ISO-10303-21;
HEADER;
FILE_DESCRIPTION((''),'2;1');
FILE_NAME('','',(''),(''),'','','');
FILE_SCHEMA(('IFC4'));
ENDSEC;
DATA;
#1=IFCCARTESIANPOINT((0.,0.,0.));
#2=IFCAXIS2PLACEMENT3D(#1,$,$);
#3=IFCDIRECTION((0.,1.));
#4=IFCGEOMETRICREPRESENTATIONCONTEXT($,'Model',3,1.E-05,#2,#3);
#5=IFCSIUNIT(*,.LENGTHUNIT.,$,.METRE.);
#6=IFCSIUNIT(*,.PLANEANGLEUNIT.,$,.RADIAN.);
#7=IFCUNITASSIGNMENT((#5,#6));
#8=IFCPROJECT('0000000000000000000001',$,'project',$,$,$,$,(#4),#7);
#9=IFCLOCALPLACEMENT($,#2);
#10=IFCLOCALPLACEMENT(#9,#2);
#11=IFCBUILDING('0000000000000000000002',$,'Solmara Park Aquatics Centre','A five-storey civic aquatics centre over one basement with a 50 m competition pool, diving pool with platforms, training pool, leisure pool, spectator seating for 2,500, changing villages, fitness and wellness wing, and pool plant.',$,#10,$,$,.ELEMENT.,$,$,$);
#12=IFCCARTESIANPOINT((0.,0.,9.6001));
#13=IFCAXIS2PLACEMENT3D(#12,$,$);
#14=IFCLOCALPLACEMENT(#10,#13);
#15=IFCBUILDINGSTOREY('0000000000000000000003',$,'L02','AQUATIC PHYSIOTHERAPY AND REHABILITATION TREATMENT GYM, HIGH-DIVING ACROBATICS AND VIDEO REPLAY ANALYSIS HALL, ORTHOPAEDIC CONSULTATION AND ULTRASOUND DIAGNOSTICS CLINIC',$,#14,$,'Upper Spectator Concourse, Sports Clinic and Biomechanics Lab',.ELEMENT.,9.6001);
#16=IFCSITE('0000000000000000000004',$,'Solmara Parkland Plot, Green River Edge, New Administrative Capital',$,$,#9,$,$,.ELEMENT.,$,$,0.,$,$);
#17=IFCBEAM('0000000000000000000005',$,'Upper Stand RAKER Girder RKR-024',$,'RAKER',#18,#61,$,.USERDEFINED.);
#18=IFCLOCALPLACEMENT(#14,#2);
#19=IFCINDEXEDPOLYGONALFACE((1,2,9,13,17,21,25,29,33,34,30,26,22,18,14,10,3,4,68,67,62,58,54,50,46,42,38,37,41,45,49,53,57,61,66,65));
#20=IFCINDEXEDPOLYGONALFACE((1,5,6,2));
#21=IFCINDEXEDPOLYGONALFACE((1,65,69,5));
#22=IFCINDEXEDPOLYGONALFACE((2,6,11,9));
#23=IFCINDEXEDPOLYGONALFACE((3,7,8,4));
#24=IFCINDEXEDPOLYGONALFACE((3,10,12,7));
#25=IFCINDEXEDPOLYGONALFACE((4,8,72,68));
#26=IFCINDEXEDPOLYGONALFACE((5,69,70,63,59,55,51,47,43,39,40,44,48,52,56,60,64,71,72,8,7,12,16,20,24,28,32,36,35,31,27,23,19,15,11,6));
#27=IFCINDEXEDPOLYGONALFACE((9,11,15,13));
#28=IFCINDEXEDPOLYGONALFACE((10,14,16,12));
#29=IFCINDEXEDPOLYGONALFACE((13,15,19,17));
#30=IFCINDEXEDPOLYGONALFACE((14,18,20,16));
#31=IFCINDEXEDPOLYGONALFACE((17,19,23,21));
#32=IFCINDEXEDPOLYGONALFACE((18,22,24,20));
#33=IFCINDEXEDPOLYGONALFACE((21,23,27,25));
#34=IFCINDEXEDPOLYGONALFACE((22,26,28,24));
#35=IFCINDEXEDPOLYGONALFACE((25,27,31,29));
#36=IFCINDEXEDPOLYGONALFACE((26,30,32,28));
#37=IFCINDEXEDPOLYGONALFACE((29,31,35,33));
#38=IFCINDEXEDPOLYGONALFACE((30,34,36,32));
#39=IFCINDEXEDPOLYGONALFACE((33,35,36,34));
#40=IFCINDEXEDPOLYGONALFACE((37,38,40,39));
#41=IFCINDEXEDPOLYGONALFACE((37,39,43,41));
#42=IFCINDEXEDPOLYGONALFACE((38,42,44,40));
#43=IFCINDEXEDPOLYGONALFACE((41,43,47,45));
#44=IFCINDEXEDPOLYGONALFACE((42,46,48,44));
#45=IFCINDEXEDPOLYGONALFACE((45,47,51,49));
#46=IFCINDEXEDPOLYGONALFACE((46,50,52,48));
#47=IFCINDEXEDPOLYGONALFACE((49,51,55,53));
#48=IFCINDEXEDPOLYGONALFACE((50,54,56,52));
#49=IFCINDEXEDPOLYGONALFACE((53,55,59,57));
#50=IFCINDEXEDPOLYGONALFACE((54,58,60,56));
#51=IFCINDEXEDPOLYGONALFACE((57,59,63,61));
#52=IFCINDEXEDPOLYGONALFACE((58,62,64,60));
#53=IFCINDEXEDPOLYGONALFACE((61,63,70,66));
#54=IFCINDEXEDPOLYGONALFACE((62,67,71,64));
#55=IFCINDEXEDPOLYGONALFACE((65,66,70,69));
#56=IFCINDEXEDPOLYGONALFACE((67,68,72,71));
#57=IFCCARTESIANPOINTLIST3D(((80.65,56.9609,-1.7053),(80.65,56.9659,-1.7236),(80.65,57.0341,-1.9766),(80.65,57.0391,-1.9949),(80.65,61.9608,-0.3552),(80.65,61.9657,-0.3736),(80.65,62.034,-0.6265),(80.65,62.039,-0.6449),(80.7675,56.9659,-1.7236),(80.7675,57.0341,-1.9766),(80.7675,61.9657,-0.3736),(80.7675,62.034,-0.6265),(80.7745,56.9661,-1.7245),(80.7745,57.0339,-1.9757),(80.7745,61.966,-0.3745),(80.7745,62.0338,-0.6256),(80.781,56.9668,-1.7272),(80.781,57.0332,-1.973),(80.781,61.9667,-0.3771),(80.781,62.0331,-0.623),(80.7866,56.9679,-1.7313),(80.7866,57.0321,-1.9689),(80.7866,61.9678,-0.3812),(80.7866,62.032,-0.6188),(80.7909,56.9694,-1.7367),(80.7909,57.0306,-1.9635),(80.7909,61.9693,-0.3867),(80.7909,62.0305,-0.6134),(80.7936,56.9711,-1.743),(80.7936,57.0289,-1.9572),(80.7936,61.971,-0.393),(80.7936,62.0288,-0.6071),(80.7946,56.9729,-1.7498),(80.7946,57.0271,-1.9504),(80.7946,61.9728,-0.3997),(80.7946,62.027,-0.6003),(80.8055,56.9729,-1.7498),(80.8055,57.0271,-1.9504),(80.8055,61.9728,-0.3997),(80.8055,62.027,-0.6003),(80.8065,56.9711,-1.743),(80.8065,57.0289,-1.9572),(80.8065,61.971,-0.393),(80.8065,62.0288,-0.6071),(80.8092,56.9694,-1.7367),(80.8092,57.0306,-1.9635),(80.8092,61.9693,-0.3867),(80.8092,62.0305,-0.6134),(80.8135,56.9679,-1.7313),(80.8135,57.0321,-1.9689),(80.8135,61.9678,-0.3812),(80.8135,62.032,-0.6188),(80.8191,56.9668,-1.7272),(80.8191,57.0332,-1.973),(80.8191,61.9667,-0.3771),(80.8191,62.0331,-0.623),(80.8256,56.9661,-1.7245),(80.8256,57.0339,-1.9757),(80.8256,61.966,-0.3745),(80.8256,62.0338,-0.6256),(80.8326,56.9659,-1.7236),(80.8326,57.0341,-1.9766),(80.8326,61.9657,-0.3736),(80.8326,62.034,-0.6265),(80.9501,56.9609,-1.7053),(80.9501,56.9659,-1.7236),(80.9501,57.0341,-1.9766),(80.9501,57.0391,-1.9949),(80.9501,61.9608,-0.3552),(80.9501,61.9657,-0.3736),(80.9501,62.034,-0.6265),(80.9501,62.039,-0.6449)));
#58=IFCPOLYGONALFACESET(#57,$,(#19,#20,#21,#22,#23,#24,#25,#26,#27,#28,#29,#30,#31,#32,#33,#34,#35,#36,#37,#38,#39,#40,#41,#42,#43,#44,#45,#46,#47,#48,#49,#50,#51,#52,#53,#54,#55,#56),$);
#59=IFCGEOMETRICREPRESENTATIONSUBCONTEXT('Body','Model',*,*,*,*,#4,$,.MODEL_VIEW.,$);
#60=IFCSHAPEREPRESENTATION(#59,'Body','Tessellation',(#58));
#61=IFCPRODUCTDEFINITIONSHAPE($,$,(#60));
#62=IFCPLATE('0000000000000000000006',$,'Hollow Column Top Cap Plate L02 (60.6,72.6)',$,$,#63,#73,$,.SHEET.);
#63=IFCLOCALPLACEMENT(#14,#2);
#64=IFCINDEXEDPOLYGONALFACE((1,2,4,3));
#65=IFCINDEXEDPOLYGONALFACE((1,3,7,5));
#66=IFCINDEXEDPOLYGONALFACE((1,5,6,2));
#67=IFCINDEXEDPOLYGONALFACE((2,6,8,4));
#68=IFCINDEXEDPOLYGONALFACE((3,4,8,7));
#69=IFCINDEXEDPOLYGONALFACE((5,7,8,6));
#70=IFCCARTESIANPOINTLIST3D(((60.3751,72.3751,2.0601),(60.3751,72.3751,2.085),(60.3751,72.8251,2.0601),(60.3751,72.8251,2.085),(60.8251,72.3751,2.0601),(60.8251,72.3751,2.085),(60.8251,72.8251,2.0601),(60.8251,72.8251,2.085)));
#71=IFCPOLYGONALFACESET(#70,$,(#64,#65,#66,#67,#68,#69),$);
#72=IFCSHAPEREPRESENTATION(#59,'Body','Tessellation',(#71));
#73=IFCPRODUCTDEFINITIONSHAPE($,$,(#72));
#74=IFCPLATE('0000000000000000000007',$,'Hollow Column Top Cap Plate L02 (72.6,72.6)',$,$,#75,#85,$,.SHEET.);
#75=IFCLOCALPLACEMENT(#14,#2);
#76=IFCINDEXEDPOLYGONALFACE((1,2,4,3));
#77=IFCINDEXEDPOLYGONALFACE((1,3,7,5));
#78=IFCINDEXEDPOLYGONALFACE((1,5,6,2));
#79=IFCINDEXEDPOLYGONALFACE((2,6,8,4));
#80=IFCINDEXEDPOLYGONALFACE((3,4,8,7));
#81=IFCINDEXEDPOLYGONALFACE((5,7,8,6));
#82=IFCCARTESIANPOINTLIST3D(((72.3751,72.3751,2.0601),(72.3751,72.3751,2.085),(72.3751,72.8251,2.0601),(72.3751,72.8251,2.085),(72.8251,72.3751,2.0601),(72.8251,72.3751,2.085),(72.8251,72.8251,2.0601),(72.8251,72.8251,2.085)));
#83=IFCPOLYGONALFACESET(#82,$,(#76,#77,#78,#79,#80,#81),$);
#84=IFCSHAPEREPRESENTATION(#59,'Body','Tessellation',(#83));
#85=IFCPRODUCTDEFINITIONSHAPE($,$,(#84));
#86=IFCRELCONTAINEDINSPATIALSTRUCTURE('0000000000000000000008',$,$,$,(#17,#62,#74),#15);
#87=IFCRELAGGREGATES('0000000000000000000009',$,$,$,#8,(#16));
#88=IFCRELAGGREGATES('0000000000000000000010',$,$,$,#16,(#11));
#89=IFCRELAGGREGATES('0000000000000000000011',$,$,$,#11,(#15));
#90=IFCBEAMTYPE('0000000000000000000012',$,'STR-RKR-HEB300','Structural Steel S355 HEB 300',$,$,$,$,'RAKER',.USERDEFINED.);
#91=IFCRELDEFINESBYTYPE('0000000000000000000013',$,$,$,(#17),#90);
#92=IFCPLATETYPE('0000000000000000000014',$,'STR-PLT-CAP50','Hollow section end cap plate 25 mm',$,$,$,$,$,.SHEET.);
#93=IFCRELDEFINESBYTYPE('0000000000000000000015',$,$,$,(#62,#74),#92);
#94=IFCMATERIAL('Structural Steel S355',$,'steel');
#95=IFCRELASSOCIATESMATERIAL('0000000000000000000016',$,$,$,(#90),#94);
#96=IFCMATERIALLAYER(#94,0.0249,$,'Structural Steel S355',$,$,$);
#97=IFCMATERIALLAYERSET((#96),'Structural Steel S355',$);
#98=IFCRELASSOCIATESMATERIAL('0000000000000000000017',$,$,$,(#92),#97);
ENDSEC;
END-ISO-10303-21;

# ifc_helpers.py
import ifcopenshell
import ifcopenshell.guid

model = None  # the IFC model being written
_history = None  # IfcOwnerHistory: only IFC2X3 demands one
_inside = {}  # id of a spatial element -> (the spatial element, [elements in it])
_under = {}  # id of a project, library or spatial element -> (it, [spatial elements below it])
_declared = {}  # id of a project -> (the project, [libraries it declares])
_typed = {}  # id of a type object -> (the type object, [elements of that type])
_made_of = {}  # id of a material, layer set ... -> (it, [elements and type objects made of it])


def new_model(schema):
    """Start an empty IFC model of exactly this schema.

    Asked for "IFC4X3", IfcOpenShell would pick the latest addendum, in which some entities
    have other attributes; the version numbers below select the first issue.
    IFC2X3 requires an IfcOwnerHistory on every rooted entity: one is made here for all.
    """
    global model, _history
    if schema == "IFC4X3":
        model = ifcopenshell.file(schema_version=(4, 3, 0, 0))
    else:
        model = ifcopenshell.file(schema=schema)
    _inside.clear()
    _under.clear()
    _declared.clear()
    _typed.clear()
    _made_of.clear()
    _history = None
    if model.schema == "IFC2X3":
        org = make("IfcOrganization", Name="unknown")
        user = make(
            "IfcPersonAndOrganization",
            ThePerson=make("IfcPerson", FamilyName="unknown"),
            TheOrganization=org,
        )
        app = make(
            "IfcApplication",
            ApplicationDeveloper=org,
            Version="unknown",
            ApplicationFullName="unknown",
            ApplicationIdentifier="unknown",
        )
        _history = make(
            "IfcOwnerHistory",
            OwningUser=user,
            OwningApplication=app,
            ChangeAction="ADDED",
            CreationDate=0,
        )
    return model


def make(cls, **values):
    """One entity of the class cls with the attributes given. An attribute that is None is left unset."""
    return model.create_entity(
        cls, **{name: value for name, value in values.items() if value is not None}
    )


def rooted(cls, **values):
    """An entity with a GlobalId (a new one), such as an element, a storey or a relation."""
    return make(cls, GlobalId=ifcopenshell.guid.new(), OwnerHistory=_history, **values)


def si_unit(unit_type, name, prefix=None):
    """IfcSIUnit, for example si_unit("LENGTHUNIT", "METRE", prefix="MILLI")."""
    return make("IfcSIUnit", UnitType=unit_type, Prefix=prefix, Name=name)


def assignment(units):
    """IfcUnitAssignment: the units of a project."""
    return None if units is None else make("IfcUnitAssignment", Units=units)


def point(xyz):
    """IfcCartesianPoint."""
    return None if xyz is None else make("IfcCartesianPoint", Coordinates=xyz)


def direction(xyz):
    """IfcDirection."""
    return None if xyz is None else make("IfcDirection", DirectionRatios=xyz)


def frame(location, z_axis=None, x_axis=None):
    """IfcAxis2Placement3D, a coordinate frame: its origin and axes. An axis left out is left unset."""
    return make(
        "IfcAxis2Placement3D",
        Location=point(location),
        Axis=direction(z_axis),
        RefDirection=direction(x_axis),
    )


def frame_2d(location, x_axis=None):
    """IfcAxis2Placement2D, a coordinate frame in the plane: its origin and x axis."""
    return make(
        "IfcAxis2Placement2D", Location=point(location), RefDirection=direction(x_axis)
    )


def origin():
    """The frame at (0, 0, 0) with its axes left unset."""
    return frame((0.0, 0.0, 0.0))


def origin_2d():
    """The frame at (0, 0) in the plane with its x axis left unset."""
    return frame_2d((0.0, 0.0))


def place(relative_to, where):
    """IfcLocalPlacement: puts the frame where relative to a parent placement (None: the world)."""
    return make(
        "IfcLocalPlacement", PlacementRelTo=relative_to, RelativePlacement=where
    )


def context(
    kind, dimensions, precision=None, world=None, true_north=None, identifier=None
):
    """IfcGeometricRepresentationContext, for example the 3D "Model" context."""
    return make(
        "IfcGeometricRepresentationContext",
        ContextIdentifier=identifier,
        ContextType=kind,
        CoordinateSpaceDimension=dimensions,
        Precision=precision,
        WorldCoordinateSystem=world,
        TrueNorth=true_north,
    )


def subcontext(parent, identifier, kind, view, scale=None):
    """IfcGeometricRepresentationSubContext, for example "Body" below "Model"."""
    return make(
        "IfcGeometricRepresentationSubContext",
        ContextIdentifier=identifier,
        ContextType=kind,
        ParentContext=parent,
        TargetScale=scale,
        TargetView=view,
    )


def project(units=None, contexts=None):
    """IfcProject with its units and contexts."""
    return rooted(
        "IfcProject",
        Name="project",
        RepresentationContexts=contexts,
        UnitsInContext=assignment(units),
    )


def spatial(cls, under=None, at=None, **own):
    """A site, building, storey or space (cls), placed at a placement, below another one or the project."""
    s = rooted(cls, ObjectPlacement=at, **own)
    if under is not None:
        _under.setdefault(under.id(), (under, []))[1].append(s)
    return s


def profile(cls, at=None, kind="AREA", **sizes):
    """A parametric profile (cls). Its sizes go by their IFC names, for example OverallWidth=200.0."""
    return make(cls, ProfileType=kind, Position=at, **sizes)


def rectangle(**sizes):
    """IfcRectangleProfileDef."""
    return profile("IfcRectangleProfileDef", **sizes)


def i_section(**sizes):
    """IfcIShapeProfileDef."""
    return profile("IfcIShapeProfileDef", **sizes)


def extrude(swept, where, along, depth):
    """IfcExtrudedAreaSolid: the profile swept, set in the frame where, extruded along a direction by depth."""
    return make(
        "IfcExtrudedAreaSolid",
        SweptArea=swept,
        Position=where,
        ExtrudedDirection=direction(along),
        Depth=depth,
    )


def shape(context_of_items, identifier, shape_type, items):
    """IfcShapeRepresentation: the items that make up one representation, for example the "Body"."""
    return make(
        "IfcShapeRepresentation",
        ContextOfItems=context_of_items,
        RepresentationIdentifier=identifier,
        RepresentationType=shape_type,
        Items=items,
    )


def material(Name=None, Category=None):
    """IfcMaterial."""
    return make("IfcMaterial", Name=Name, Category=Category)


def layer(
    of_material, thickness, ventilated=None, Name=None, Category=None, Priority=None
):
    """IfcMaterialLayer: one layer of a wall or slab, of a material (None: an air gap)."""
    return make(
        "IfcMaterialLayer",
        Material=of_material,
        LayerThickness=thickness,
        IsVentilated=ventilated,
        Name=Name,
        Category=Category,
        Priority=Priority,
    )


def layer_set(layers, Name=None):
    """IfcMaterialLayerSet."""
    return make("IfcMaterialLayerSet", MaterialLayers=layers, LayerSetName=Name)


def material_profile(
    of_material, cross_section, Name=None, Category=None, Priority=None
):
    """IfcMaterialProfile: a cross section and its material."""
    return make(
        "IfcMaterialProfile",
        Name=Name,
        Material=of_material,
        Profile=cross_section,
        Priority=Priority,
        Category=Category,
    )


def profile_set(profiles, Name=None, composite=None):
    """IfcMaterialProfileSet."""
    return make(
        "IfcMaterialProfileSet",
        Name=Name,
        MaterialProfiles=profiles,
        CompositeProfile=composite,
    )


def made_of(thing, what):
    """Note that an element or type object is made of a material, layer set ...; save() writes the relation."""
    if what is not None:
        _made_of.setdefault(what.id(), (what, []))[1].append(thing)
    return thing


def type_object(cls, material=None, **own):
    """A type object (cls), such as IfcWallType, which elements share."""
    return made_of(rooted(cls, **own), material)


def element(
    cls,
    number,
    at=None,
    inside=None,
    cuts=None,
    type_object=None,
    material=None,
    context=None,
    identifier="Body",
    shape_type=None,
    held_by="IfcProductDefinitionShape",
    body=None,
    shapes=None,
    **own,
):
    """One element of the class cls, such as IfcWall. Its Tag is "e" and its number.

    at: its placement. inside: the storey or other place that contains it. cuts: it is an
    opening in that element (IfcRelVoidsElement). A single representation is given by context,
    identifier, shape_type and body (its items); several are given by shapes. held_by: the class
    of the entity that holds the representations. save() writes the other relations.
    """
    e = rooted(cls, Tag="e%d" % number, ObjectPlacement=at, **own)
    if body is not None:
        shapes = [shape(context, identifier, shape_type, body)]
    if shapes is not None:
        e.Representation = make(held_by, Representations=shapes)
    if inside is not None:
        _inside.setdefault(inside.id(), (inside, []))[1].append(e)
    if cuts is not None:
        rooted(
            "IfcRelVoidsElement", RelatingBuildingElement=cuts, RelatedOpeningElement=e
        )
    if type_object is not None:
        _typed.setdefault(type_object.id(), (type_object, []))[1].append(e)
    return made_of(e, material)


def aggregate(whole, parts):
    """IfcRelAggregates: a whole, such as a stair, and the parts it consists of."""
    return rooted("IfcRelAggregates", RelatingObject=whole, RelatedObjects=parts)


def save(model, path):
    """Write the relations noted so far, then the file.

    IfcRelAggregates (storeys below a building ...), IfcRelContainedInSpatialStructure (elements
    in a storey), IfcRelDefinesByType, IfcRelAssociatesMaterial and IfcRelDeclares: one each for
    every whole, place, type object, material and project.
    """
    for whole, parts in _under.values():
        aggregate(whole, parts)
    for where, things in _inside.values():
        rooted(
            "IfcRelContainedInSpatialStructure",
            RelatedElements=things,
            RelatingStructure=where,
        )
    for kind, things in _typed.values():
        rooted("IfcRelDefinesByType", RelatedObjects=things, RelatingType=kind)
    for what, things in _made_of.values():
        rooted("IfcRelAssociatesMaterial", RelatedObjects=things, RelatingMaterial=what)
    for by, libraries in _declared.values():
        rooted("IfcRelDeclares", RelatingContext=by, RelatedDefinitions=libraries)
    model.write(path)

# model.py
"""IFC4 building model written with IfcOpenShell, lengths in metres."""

from ifc_helpers import new_model, si_unit, direction, frame, origin, origin_2d, place, context, subcontext, project, spatial, rectangle, i_section, extrude, material, layer, layer_set, material_profile, profile_set, type_object, element, save


model = new_model("IFC4")

# Units and contexts
model_context = context("Model", 3, precision=1e-05, world=origin(), true_north=direction((0.0, 1.0)))
body_context = subcontext(model_context, "Body", "Model", "MODEL_VIEW")
ifc_project = project(units=[si_unit("LENGTHUNIT", "METRE"), si_unit("PLANEANGLEUNIT", "RADIAN")], contexts=[model_context])

# Site, building, storey
site_placement = place(None, origin())
site = spatial("IfcSite", under=ifc_project, at=site_placement, Name="Solmara Parkland Plot, Green River Edge, New Administrative Capital", CompositionType="ELEMENT", RefElevation=0.0)
building_placement = place(site_placement, origin())
building = spatial("IfcBuilding", under=site, at=building_placement, Name="Solmara Park Aquatics Centre", Description="A five-storey civic aquatics centre over one basement with a 50 m competition pool, diving pool with platforms, training pool, leisure pool, spectator seating for 2,500, changing villages, fitness and wellness wing, and pool plant.", CompositionType="ELEMENT")
storey_placement = place(building_placement, frame((0.0, 0.0, 9.6001)))
storey = spatial("IfcBuildingStorey", under=building, at=storey_placement, Name="L02", Description="AQUATIC PHYSIOTHERAPY AND REHABILITATION TREATMENT GYM, HIGH-DIVING ACROBATICS AND VIDEO REPLAY ANALYSIS HALL, ORTHOPAEDIC CONSULTATION AND ULTRASOUND DIAGNOSTICS CLINIC", LongName="Upper Spectator Concourse, Sports Clinic and Biomechanics Lab", CompositionType="ELEMENT", Elevation=9.6001)

# Shared definitions
ifc_material_1 = material(Name="Structural Steel S355", Category="steel")

# Beam
ifc_material_profile_1 = material_profile(ifc_material_1, i_section(OverallWidth=0.3, OverallDepth=0.3, WebThickness=0.011, FlangeThickness=0.019, FilletRadius=0.0271, at=origin_2d()), Name="HEB 300")
ifc_profile_set_1 = profile_set([ifc_material_profile_1], Name="Structural Steel S355")
beam_type_1 = type_object("IfcBeamType", Name="STR-RKR-HEB300", Description="Structural Steel S355 HEB 300", ElementType="RAKER", PredefinedType="USERDEFINED", material=ifc_profile_set_1)
for number, where, z_axis, x_axis, name in (
    (1, (80.8, 57.0, -1.8501), (0.0, 0.965424, 0.260683), (-1.0, 0.0, 0.0), "Upper Stand RAKER Girder RKR-024"),
):
    element("IfcBeam", number, at=place(storey_placement, frame(where, z_axis=z_axis, x_axis=x_axis)), inside=storey, type_object=beam_type_1, Name=name, ObjectType="RAKER", PredefinedType="USERDEFINED", context=body_context, shape_type="SweptSolid", body=[
        extrude(i_section(OverallWidth=0.3, OverallDepth=0.3, WebThickness=0.011, FlangeThickness=0.019, FilletRadius=0.0271, at=origin_2d()), origin(), (0.0, 0.0, 1.0), 5.179),
    ])

# Plates
ifc_layer_1 = layer(ifc_material_1, 0.0249, Name="Structural Steel S355")
ifc_layer_set_1 = layer_set([ifc_layer_1], Name="Structural Steel S355")
plate_type = type_object("IfcPlateType", Name="STR-PLT-CAP50", Description="Hollow section end cap plate 25 mm", PredefinedType="SHEET", material=ifc_layer_set_1)
for number, where, z_axis, x_axis, name in (
    (2, (60.6001, 72.6001, 2.0601), (0.0, 0.0, 1.0), (1.0, 0.0, 0.0), "Hollow Column Top Cap Plate L02 (60.6,72.6)"),
    (3, (72.6001, 72.6001, 2.0601), (0.0, 0.0, 1.0), (1.0, 0.0, 0.0), "Hollow Column Top Cap Plate L02 (72.6,72.6)"),
):
    element("IfcPlate", number, at=place(storey_placement, frame(where, z_axis=z_axis, x_axis=x_axis)), inside=storey, type_object=plate_type, Name=name, PredefinedType="SHEET", context=body_context, shape_type="SweptSolid", body=[
        extrude(rectangle(XDim=0.45, YDim=0.45, at=origin_2d()), origin(), (0.0, 0.0, 1.0), 0.0249),
    ])

save(model, "model.ifc")
